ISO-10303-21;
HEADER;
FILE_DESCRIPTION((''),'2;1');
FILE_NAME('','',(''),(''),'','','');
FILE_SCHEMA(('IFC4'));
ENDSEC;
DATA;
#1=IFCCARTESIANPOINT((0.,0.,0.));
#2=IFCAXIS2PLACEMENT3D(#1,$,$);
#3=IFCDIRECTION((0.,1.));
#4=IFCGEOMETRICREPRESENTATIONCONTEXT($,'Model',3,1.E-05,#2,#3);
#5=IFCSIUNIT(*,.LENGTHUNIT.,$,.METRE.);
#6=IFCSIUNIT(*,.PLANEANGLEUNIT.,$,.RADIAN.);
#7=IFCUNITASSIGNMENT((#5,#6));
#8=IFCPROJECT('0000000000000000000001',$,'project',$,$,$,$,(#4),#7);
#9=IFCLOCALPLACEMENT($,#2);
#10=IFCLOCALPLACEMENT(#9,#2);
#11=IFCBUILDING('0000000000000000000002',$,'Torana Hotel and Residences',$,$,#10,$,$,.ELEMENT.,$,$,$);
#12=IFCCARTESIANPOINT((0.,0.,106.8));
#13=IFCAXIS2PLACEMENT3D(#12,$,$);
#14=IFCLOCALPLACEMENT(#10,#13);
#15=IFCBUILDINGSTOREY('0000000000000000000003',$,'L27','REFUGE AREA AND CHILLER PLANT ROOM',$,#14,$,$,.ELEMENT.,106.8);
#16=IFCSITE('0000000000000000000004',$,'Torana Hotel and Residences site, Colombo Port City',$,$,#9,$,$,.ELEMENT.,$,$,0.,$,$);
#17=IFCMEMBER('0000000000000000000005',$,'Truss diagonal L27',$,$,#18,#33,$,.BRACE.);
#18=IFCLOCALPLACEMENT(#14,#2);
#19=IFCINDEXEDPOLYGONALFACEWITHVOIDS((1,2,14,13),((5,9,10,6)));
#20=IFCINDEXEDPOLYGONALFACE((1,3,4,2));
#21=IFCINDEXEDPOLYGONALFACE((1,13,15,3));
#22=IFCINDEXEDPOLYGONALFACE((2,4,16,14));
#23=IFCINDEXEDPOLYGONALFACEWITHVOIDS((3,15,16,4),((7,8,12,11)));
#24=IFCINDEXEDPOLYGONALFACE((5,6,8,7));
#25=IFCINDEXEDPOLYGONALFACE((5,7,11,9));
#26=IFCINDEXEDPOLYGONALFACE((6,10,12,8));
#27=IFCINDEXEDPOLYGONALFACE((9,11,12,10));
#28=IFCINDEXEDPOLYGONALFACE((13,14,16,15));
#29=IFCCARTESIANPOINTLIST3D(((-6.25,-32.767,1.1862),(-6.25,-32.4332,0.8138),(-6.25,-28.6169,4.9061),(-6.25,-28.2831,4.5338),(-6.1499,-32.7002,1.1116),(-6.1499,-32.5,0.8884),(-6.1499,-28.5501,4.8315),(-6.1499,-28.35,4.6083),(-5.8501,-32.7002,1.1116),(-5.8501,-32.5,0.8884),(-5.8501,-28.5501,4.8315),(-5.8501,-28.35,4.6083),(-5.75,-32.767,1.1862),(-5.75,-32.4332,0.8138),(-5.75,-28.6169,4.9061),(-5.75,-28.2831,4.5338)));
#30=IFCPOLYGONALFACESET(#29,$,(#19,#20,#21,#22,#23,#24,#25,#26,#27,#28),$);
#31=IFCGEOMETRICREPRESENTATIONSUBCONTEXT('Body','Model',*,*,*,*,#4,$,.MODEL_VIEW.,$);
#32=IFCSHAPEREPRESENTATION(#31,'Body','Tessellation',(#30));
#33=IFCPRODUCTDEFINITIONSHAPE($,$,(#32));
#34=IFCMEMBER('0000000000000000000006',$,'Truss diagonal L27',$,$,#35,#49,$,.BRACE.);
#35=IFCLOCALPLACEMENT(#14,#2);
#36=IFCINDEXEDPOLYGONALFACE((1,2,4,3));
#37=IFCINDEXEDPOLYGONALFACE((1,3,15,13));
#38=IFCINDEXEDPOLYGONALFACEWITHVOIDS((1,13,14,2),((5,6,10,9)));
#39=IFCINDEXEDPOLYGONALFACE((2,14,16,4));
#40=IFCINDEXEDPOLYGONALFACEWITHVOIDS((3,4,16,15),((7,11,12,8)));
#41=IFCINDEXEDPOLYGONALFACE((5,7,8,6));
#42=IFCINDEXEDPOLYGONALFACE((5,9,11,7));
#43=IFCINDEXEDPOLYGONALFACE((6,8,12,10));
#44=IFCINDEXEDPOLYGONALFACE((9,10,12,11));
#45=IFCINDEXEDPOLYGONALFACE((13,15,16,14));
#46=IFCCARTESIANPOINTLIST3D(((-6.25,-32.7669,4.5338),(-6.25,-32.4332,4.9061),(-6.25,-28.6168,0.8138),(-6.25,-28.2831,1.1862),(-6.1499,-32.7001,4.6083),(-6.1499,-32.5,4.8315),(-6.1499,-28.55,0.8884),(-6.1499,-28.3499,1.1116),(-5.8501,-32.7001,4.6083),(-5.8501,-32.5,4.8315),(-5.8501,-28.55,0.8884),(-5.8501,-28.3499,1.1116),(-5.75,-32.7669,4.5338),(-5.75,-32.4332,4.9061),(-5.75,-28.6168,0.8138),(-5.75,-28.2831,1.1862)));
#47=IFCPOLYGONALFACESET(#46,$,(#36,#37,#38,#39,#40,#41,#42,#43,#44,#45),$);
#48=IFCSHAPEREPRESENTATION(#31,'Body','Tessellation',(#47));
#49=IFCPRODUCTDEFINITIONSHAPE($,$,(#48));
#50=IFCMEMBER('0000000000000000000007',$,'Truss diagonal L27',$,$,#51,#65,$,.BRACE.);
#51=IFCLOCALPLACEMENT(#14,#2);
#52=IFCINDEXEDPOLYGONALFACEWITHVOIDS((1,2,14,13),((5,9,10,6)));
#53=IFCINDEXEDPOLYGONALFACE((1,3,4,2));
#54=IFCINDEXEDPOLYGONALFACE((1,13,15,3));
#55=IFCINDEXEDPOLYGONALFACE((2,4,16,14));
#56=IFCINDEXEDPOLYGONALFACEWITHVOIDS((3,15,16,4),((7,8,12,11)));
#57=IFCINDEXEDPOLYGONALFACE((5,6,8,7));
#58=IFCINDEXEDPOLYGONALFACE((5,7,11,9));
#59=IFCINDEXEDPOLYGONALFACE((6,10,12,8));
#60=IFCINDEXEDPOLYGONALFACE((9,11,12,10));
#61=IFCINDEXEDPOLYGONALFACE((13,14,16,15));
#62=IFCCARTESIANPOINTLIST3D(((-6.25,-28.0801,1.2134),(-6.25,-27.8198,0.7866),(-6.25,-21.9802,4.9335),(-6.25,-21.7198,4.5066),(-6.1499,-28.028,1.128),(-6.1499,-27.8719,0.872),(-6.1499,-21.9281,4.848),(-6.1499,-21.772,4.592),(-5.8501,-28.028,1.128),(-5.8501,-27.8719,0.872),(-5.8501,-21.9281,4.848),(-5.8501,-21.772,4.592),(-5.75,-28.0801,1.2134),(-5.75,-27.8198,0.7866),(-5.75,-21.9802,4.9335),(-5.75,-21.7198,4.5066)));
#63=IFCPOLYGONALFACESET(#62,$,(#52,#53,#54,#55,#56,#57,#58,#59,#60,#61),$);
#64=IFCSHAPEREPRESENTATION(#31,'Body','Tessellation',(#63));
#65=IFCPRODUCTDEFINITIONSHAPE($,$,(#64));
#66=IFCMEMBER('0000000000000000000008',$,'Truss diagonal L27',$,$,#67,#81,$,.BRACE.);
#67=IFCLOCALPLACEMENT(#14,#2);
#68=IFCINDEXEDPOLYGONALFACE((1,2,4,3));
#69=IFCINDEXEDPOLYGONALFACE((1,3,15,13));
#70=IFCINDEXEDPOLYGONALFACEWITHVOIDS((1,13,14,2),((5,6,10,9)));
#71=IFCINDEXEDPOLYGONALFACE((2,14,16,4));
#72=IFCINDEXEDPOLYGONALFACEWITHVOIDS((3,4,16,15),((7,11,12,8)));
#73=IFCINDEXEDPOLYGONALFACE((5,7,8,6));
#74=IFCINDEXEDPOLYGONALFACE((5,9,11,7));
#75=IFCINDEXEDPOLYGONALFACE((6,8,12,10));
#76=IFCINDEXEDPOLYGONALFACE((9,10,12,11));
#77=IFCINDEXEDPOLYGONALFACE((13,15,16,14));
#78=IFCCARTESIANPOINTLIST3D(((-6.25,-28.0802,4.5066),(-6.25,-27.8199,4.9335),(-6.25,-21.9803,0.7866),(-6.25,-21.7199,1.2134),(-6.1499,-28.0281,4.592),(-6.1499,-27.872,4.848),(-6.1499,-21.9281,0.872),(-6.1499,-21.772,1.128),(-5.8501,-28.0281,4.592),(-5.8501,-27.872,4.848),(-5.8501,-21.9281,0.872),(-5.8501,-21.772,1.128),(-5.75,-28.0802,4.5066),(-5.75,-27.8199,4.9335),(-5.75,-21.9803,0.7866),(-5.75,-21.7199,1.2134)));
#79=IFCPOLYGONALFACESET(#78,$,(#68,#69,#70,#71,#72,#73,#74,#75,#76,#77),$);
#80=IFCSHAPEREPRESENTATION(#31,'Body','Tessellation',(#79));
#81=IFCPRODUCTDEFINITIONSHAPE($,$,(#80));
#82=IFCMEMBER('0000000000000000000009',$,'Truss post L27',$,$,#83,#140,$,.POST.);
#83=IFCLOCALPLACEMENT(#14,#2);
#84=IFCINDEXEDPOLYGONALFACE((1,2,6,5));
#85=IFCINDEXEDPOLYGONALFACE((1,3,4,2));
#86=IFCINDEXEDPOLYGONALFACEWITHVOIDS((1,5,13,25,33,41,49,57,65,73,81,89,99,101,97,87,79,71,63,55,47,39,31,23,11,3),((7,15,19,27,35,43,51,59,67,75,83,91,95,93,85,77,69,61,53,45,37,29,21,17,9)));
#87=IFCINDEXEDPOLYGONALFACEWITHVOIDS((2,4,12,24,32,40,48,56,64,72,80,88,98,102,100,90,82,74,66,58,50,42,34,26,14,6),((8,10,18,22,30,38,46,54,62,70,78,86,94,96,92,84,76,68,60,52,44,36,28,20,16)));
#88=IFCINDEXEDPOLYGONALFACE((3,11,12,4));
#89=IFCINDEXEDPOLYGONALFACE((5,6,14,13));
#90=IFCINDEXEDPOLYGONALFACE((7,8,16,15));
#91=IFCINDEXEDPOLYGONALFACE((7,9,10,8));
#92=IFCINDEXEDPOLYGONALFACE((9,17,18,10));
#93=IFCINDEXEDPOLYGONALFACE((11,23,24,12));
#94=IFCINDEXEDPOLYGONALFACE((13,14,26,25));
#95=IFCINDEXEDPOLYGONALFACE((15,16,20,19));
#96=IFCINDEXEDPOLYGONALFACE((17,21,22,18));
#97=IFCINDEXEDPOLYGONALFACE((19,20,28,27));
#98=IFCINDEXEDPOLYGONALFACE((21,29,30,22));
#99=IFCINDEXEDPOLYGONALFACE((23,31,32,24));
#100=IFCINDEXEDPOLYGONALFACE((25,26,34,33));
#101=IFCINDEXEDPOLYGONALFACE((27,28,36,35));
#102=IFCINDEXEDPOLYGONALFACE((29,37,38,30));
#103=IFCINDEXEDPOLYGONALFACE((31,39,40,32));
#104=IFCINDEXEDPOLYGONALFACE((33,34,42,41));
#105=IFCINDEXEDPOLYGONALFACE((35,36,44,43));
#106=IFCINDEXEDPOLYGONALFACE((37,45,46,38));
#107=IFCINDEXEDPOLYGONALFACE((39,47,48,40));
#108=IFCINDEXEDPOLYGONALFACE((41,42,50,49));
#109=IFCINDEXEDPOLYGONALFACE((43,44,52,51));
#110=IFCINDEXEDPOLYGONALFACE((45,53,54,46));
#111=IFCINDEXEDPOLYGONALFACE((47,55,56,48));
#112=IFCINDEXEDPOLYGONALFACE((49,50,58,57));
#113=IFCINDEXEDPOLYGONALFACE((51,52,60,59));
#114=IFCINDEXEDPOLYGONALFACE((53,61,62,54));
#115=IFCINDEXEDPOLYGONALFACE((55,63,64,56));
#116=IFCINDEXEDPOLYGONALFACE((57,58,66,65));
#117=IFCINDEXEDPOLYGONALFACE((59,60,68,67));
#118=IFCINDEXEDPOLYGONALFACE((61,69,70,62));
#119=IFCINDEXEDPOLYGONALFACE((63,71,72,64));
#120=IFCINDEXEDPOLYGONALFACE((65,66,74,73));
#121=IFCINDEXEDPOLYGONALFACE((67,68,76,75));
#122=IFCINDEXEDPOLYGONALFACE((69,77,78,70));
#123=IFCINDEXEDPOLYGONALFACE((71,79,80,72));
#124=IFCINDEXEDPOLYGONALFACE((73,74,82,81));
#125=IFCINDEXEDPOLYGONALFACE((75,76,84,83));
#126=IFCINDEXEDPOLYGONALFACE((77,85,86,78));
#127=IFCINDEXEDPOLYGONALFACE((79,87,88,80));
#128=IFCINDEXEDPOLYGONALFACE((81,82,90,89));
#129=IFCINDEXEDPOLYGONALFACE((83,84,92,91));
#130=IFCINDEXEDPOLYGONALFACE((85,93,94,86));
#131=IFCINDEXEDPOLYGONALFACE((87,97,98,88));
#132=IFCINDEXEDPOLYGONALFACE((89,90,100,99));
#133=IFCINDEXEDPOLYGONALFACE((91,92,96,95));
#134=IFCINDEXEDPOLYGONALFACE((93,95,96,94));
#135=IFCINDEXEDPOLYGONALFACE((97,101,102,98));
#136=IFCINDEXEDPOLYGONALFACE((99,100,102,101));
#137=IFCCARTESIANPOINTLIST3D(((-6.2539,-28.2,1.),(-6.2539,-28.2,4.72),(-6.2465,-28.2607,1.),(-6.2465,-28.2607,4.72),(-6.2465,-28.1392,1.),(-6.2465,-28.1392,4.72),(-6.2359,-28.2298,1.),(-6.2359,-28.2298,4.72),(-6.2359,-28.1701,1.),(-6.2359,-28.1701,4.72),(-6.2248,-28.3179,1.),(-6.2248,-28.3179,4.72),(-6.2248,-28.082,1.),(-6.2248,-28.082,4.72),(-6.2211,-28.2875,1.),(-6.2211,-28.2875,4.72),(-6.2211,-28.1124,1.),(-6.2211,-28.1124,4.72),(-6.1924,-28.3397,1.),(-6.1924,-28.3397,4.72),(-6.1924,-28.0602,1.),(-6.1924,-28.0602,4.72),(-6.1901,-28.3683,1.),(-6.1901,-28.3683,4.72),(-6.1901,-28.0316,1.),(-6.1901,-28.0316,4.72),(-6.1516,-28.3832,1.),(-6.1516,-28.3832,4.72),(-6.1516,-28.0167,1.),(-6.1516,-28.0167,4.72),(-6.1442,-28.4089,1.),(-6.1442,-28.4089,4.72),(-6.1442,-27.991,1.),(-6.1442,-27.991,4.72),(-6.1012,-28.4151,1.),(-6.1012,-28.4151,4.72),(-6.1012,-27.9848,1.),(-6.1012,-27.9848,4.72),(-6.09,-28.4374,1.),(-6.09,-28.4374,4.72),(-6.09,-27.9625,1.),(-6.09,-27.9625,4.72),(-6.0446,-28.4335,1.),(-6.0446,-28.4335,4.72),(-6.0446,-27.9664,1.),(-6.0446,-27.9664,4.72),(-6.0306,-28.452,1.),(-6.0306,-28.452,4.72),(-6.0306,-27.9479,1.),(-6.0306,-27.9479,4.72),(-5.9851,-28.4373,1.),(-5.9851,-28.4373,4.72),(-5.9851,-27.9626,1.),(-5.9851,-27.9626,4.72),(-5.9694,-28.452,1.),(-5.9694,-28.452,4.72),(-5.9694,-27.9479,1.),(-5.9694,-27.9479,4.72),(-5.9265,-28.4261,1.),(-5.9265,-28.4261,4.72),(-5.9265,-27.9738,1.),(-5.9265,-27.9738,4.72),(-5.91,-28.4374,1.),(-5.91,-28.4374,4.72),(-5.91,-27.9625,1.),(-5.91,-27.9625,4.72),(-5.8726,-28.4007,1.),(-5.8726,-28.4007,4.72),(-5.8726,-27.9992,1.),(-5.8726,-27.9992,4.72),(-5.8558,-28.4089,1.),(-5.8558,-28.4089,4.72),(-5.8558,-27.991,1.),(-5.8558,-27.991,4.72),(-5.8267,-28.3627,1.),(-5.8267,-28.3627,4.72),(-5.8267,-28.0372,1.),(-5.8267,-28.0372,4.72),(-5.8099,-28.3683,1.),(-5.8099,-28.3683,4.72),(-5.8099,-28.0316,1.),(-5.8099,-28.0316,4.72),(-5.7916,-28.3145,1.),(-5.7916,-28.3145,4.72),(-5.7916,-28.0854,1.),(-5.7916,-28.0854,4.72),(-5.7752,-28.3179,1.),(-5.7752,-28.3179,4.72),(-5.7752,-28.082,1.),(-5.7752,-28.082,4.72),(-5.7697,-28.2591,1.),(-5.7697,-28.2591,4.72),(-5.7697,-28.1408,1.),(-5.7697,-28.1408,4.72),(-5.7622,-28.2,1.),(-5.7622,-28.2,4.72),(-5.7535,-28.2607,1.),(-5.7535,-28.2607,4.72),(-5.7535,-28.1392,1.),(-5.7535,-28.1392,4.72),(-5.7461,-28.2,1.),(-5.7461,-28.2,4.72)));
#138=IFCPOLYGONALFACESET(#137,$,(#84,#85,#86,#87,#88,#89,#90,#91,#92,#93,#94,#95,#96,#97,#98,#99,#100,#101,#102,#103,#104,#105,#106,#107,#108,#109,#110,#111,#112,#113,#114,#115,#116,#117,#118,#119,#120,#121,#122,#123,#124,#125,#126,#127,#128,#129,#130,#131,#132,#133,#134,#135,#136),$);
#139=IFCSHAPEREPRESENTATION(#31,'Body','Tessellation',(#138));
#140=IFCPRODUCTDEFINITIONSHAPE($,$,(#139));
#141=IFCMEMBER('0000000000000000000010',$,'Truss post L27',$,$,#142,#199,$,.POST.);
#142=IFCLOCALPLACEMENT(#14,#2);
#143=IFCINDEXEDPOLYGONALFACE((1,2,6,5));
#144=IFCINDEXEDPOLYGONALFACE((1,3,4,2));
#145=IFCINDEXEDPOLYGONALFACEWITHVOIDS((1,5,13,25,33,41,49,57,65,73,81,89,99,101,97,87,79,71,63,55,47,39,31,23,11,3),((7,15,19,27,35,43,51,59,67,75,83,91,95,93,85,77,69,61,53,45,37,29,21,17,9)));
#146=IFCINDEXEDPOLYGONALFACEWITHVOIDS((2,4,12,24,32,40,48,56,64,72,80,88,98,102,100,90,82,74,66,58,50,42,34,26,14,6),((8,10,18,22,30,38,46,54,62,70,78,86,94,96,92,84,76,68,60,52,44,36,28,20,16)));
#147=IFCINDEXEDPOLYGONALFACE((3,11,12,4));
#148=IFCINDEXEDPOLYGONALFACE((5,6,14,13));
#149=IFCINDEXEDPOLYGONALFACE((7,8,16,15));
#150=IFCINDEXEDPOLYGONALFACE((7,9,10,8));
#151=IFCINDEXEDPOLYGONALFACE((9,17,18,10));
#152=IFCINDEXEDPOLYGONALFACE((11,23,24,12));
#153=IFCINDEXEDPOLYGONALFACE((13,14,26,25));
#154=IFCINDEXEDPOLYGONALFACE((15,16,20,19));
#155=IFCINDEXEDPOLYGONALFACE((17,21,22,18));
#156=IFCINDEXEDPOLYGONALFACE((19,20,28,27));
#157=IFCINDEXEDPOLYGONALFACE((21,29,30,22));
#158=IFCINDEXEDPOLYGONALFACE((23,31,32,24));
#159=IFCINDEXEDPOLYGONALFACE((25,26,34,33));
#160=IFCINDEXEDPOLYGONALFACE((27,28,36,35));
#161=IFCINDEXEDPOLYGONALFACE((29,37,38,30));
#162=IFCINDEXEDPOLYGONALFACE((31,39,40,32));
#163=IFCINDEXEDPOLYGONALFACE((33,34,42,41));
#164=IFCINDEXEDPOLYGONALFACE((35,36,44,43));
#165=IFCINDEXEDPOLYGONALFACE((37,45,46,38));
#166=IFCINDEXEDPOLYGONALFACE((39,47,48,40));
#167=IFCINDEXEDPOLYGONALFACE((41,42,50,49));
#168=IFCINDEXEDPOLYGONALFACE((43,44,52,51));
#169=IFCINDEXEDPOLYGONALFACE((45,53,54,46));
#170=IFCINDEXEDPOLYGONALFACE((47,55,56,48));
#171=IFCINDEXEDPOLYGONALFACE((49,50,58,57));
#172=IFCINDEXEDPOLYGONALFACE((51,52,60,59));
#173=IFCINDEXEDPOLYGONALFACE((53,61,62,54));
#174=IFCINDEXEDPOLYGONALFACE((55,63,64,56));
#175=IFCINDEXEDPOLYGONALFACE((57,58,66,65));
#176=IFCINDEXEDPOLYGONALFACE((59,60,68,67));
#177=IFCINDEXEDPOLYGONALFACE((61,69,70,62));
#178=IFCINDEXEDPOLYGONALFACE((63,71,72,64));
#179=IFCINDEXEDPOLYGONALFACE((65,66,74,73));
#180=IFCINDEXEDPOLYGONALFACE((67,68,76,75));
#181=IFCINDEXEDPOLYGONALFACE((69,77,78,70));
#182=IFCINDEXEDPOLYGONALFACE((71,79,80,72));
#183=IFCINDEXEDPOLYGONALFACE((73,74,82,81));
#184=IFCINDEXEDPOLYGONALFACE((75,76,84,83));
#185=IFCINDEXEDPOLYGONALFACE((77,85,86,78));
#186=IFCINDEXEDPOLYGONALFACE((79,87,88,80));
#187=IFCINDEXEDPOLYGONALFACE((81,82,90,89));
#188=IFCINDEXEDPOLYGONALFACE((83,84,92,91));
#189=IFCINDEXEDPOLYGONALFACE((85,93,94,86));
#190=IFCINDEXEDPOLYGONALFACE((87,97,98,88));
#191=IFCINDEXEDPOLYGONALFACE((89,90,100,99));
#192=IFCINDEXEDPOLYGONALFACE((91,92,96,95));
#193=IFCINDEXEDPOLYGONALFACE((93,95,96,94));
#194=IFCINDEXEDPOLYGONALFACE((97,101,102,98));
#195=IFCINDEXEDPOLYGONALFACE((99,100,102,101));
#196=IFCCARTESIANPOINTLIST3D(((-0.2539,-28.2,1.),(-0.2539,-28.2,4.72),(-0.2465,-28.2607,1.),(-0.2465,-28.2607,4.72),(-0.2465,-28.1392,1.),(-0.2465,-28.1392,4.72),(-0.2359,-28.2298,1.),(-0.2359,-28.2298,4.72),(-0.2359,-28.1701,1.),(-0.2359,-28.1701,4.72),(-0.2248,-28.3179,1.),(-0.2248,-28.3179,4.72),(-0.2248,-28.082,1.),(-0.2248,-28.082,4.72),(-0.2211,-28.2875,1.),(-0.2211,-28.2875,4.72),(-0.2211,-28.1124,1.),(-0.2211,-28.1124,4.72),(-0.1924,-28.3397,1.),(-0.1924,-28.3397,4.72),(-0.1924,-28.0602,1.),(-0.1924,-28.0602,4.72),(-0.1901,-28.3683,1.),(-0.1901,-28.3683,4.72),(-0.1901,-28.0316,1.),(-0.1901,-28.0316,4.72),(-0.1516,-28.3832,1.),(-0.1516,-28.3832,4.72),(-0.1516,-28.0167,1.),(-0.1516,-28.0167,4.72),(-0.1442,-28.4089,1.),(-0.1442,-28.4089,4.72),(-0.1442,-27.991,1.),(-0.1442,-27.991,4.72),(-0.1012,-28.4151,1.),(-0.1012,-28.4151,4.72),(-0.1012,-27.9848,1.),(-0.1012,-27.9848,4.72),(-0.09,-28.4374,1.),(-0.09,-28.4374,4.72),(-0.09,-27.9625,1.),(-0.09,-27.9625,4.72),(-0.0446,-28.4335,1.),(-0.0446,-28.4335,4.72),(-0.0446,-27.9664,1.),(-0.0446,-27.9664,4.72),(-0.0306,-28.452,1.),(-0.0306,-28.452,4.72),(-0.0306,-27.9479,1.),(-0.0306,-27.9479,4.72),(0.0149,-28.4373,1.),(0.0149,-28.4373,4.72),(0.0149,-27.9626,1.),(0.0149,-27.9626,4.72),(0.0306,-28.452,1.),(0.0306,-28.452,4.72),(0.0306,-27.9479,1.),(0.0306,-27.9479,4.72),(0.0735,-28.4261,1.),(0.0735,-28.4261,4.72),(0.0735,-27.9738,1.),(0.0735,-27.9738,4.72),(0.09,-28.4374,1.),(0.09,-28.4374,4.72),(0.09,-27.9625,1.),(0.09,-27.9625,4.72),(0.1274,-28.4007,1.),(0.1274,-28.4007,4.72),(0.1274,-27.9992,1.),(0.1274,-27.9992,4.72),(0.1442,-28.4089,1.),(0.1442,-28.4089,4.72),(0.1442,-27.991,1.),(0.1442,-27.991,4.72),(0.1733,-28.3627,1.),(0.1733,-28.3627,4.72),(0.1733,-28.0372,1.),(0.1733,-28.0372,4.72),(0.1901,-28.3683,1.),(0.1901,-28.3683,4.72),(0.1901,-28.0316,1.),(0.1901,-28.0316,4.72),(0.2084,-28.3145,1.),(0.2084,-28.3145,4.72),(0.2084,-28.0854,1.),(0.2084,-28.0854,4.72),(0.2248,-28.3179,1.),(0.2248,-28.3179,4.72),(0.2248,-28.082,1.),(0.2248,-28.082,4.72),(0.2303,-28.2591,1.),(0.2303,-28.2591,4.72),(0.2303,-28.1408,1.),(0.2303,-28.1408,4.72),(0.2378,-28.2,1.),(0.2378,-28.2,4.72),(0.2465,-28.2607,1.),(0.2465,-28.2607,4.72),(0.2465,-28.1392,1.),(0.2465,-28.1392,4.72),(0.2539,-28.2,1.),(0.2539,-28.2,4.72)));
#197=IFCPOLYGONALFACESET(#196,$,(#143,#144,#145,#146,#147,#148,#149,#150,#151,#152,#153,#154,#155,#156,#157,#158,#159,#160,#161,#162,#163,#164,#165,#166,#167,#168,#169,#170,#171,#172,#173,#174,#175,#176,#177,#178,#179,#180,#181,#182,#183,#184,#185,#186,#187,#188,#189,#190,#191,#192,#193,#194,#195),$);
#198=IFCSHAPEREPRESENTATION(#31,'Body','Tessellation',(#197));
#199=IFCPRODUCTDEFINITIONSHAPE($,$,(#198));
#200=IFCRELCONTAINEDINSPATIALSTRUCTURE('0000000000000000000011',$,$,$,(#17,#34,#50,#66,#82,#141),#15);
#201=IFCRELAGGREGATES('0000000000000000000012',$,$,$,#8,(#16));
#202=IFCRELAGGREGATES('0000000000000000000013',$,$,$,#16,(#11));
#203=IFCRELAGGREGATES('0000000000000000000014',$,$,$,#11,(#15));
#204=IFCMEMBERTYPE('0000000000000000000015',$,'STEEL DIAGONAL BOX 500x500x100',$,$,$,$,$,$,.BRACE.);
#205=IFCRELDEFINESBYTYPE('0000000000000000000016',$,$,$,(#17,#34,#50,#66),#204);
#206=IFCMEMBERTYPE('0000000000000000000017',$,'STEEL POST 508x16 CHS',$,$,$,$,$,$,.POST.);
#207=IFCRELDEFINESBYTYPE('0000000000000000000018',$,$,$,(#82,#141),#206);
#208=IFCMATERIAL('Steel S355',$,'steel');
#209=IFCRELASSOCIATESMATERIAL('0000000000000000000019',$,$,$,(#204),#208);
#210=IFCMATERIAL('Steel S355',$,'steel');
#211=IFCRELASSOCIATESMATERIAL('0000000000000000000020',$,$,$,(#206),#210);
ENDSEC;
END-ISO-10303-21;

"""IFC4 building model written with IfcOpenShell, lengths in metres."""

from ifc_helpers import new_model, si_unit, direction, frame, origin, origin_2d, place, context, subcontext, project, spatial, hollow_rectangle, hollow_circle, extrude, material, material_profile, profile_set, type_object, element, save


model = new_model("IFC4")

# Units and contexts
model_context = context("Model", 3, precision=1e-05, world=origin(), true_north=direction((0.0, 1.0)))
body_context = subcontext(model_context, "Body", "Model", "MODEL_VIEW")
ifc_project = project(units=[si_unit("LENGTHUNIT", "METRE"), si_unit("PLANEANGLEUNIT", "RADIAN")], contexts=[model_context])

# Site, building, storey
site_placement = place(None, origin())
site = spatial("IfcSite", under=ifc_project, at=site_placement, Name="Torana Hotel and Residences site, Colombo Port City", CompositionType="ELEMENT", RefElevation=0.0)
building_placement = place(site_placement, origin())
building = spatial("IfcBuilding", under=site, at=building_placement, Name="Torana Hotel and Residences", CompositionType="ELEMENT")
storey_placement = place(building_placement, frame((0.0, 0.0, 106.8)))
storey = spatial("IfcBuildingStorey", under=building, at=storey_placement, Name="L27", Description="REFUGE AREA AND CHILLER PLANT ROOM", CompositionType="ELEMENT", Elevation=106.8)

# Members
ifc_material_1 = material(Name="Steel S355", Category="steel")
ifc_material_profile_1 = material_profile(ifc_material_1, hollow_rectangle(XDim=0.5, YDim=0.5, WallThickness=0.1001, at=origin_2d()), Name="BOX 500x500x100")
ifc_profile_set_1 = profile_set([ifc_material_profile_1], Name="Steel S355")
member_type_1 = type_object("IfcMemberType", Name="STEEL DIAGONAL BOX 500x500x100", PredefinedType="BRACE", material=ifc_profile_set_1)
for number, where, z_axis, x_axis, name in (
    (1, (-6.0, -32.6001, 1.0), (0.0, 0.744645, 0.66746), (-1.0, 0.0, 0.0), "Truss diagonal L27"),
    (2, (-6.0, -28.45, 1.0), (0.0, -0.744645, 0.66746), (1.0, 0.0, 0.0), "Truss diagonal L27"),
):
    element("IfcMember", number, at=place(storey_placement, frame(where, z_axis=z_axis, x_axis=x_axis)), inside=storey, type_object=member_type_1, Name=name, PredefinedType="BRACE", context=body_context, shape_type="SweptSolid", body=[
        extrude(hollow_rectangle(XDim=0.5, YDim=0.5, WallThickness=0.1001, at=origin_2d()), origin(), (0.0, 0.0, 1.0), 5.5732),
    ])
for number, where, z_axis, x_axis, name in (
    (3, (-6.0, -27.95, 1.0), (0.0, 0.853762, 0.520663), (-1.0, 0.0, 0.0), "Truss diagonal L27"),
    (4, (-6.0, -21.8501, 1.0), (0.0, -0.853762, 0.520663), (1.0, 0.0, 0.0), "Truss diagonal L27"),
):
    element("IfcMember", number, at=place(storey_placement, frame(where, z_axis=z_axis, x_axis=x_axis)), inside=storey, type_object=member_type_1, Name=name, PredefinedType="BRACE", context=body_context, shape_type="SweptSolid", body=[
        extrude(hollow_rectangle(XDim=0.5, YDim=0.5, WallThickness=0.1001, at=origin_2d()), origin(), (0.0, 0.0, 1.0), 7.1448),
    ])
ifc_material_2 = material(Name="Steel S355", Category="steel")
ifc_material_profile_2 = material_profile(ifc_material_2, hollow_circle(Radius=0.2539, WallThickness=0.0161, at=origin_2d()), Name="508x16 CHS")
ifc_profile_set_2 = profile_set([ifc_material_profile_2], Name="Steel S355")
member_type_2 = type_object("IfcMemberType", Name="STEEL POST 508x16 CHS", PredefinedType="POST", material=ifc_profile_set_2)
for number, where, z_axis, x_axis, name in (
    (5, (-6.0, -28.2, 1.0), (0.0, 0.0, 1.0), (1.0, 0.0, 0.0), "Truss post L27"),
    (6, (0.0, -28.2, 1.0), (0.0, 0.0, 1.0), (1.0, 0.0, 0.0), "Truss post L27"),
):
    element("IfcMember", number, at=place(storey_placement, frame(where, z_axis=z_axis, x_axis=x_axis)), inside=storey, type_object=member_type_2, Name=name, PredefinedType="POST", context=body_context, shape_type="SweptSolid", body=[
        extrude(hollow_circle(Radius=0.2539, WallThickness=0.0161, at=origin_2d()), origin(), (0.0, 0.0, 1.0), 3.72),
    ])

save(model, "model.ifc")
